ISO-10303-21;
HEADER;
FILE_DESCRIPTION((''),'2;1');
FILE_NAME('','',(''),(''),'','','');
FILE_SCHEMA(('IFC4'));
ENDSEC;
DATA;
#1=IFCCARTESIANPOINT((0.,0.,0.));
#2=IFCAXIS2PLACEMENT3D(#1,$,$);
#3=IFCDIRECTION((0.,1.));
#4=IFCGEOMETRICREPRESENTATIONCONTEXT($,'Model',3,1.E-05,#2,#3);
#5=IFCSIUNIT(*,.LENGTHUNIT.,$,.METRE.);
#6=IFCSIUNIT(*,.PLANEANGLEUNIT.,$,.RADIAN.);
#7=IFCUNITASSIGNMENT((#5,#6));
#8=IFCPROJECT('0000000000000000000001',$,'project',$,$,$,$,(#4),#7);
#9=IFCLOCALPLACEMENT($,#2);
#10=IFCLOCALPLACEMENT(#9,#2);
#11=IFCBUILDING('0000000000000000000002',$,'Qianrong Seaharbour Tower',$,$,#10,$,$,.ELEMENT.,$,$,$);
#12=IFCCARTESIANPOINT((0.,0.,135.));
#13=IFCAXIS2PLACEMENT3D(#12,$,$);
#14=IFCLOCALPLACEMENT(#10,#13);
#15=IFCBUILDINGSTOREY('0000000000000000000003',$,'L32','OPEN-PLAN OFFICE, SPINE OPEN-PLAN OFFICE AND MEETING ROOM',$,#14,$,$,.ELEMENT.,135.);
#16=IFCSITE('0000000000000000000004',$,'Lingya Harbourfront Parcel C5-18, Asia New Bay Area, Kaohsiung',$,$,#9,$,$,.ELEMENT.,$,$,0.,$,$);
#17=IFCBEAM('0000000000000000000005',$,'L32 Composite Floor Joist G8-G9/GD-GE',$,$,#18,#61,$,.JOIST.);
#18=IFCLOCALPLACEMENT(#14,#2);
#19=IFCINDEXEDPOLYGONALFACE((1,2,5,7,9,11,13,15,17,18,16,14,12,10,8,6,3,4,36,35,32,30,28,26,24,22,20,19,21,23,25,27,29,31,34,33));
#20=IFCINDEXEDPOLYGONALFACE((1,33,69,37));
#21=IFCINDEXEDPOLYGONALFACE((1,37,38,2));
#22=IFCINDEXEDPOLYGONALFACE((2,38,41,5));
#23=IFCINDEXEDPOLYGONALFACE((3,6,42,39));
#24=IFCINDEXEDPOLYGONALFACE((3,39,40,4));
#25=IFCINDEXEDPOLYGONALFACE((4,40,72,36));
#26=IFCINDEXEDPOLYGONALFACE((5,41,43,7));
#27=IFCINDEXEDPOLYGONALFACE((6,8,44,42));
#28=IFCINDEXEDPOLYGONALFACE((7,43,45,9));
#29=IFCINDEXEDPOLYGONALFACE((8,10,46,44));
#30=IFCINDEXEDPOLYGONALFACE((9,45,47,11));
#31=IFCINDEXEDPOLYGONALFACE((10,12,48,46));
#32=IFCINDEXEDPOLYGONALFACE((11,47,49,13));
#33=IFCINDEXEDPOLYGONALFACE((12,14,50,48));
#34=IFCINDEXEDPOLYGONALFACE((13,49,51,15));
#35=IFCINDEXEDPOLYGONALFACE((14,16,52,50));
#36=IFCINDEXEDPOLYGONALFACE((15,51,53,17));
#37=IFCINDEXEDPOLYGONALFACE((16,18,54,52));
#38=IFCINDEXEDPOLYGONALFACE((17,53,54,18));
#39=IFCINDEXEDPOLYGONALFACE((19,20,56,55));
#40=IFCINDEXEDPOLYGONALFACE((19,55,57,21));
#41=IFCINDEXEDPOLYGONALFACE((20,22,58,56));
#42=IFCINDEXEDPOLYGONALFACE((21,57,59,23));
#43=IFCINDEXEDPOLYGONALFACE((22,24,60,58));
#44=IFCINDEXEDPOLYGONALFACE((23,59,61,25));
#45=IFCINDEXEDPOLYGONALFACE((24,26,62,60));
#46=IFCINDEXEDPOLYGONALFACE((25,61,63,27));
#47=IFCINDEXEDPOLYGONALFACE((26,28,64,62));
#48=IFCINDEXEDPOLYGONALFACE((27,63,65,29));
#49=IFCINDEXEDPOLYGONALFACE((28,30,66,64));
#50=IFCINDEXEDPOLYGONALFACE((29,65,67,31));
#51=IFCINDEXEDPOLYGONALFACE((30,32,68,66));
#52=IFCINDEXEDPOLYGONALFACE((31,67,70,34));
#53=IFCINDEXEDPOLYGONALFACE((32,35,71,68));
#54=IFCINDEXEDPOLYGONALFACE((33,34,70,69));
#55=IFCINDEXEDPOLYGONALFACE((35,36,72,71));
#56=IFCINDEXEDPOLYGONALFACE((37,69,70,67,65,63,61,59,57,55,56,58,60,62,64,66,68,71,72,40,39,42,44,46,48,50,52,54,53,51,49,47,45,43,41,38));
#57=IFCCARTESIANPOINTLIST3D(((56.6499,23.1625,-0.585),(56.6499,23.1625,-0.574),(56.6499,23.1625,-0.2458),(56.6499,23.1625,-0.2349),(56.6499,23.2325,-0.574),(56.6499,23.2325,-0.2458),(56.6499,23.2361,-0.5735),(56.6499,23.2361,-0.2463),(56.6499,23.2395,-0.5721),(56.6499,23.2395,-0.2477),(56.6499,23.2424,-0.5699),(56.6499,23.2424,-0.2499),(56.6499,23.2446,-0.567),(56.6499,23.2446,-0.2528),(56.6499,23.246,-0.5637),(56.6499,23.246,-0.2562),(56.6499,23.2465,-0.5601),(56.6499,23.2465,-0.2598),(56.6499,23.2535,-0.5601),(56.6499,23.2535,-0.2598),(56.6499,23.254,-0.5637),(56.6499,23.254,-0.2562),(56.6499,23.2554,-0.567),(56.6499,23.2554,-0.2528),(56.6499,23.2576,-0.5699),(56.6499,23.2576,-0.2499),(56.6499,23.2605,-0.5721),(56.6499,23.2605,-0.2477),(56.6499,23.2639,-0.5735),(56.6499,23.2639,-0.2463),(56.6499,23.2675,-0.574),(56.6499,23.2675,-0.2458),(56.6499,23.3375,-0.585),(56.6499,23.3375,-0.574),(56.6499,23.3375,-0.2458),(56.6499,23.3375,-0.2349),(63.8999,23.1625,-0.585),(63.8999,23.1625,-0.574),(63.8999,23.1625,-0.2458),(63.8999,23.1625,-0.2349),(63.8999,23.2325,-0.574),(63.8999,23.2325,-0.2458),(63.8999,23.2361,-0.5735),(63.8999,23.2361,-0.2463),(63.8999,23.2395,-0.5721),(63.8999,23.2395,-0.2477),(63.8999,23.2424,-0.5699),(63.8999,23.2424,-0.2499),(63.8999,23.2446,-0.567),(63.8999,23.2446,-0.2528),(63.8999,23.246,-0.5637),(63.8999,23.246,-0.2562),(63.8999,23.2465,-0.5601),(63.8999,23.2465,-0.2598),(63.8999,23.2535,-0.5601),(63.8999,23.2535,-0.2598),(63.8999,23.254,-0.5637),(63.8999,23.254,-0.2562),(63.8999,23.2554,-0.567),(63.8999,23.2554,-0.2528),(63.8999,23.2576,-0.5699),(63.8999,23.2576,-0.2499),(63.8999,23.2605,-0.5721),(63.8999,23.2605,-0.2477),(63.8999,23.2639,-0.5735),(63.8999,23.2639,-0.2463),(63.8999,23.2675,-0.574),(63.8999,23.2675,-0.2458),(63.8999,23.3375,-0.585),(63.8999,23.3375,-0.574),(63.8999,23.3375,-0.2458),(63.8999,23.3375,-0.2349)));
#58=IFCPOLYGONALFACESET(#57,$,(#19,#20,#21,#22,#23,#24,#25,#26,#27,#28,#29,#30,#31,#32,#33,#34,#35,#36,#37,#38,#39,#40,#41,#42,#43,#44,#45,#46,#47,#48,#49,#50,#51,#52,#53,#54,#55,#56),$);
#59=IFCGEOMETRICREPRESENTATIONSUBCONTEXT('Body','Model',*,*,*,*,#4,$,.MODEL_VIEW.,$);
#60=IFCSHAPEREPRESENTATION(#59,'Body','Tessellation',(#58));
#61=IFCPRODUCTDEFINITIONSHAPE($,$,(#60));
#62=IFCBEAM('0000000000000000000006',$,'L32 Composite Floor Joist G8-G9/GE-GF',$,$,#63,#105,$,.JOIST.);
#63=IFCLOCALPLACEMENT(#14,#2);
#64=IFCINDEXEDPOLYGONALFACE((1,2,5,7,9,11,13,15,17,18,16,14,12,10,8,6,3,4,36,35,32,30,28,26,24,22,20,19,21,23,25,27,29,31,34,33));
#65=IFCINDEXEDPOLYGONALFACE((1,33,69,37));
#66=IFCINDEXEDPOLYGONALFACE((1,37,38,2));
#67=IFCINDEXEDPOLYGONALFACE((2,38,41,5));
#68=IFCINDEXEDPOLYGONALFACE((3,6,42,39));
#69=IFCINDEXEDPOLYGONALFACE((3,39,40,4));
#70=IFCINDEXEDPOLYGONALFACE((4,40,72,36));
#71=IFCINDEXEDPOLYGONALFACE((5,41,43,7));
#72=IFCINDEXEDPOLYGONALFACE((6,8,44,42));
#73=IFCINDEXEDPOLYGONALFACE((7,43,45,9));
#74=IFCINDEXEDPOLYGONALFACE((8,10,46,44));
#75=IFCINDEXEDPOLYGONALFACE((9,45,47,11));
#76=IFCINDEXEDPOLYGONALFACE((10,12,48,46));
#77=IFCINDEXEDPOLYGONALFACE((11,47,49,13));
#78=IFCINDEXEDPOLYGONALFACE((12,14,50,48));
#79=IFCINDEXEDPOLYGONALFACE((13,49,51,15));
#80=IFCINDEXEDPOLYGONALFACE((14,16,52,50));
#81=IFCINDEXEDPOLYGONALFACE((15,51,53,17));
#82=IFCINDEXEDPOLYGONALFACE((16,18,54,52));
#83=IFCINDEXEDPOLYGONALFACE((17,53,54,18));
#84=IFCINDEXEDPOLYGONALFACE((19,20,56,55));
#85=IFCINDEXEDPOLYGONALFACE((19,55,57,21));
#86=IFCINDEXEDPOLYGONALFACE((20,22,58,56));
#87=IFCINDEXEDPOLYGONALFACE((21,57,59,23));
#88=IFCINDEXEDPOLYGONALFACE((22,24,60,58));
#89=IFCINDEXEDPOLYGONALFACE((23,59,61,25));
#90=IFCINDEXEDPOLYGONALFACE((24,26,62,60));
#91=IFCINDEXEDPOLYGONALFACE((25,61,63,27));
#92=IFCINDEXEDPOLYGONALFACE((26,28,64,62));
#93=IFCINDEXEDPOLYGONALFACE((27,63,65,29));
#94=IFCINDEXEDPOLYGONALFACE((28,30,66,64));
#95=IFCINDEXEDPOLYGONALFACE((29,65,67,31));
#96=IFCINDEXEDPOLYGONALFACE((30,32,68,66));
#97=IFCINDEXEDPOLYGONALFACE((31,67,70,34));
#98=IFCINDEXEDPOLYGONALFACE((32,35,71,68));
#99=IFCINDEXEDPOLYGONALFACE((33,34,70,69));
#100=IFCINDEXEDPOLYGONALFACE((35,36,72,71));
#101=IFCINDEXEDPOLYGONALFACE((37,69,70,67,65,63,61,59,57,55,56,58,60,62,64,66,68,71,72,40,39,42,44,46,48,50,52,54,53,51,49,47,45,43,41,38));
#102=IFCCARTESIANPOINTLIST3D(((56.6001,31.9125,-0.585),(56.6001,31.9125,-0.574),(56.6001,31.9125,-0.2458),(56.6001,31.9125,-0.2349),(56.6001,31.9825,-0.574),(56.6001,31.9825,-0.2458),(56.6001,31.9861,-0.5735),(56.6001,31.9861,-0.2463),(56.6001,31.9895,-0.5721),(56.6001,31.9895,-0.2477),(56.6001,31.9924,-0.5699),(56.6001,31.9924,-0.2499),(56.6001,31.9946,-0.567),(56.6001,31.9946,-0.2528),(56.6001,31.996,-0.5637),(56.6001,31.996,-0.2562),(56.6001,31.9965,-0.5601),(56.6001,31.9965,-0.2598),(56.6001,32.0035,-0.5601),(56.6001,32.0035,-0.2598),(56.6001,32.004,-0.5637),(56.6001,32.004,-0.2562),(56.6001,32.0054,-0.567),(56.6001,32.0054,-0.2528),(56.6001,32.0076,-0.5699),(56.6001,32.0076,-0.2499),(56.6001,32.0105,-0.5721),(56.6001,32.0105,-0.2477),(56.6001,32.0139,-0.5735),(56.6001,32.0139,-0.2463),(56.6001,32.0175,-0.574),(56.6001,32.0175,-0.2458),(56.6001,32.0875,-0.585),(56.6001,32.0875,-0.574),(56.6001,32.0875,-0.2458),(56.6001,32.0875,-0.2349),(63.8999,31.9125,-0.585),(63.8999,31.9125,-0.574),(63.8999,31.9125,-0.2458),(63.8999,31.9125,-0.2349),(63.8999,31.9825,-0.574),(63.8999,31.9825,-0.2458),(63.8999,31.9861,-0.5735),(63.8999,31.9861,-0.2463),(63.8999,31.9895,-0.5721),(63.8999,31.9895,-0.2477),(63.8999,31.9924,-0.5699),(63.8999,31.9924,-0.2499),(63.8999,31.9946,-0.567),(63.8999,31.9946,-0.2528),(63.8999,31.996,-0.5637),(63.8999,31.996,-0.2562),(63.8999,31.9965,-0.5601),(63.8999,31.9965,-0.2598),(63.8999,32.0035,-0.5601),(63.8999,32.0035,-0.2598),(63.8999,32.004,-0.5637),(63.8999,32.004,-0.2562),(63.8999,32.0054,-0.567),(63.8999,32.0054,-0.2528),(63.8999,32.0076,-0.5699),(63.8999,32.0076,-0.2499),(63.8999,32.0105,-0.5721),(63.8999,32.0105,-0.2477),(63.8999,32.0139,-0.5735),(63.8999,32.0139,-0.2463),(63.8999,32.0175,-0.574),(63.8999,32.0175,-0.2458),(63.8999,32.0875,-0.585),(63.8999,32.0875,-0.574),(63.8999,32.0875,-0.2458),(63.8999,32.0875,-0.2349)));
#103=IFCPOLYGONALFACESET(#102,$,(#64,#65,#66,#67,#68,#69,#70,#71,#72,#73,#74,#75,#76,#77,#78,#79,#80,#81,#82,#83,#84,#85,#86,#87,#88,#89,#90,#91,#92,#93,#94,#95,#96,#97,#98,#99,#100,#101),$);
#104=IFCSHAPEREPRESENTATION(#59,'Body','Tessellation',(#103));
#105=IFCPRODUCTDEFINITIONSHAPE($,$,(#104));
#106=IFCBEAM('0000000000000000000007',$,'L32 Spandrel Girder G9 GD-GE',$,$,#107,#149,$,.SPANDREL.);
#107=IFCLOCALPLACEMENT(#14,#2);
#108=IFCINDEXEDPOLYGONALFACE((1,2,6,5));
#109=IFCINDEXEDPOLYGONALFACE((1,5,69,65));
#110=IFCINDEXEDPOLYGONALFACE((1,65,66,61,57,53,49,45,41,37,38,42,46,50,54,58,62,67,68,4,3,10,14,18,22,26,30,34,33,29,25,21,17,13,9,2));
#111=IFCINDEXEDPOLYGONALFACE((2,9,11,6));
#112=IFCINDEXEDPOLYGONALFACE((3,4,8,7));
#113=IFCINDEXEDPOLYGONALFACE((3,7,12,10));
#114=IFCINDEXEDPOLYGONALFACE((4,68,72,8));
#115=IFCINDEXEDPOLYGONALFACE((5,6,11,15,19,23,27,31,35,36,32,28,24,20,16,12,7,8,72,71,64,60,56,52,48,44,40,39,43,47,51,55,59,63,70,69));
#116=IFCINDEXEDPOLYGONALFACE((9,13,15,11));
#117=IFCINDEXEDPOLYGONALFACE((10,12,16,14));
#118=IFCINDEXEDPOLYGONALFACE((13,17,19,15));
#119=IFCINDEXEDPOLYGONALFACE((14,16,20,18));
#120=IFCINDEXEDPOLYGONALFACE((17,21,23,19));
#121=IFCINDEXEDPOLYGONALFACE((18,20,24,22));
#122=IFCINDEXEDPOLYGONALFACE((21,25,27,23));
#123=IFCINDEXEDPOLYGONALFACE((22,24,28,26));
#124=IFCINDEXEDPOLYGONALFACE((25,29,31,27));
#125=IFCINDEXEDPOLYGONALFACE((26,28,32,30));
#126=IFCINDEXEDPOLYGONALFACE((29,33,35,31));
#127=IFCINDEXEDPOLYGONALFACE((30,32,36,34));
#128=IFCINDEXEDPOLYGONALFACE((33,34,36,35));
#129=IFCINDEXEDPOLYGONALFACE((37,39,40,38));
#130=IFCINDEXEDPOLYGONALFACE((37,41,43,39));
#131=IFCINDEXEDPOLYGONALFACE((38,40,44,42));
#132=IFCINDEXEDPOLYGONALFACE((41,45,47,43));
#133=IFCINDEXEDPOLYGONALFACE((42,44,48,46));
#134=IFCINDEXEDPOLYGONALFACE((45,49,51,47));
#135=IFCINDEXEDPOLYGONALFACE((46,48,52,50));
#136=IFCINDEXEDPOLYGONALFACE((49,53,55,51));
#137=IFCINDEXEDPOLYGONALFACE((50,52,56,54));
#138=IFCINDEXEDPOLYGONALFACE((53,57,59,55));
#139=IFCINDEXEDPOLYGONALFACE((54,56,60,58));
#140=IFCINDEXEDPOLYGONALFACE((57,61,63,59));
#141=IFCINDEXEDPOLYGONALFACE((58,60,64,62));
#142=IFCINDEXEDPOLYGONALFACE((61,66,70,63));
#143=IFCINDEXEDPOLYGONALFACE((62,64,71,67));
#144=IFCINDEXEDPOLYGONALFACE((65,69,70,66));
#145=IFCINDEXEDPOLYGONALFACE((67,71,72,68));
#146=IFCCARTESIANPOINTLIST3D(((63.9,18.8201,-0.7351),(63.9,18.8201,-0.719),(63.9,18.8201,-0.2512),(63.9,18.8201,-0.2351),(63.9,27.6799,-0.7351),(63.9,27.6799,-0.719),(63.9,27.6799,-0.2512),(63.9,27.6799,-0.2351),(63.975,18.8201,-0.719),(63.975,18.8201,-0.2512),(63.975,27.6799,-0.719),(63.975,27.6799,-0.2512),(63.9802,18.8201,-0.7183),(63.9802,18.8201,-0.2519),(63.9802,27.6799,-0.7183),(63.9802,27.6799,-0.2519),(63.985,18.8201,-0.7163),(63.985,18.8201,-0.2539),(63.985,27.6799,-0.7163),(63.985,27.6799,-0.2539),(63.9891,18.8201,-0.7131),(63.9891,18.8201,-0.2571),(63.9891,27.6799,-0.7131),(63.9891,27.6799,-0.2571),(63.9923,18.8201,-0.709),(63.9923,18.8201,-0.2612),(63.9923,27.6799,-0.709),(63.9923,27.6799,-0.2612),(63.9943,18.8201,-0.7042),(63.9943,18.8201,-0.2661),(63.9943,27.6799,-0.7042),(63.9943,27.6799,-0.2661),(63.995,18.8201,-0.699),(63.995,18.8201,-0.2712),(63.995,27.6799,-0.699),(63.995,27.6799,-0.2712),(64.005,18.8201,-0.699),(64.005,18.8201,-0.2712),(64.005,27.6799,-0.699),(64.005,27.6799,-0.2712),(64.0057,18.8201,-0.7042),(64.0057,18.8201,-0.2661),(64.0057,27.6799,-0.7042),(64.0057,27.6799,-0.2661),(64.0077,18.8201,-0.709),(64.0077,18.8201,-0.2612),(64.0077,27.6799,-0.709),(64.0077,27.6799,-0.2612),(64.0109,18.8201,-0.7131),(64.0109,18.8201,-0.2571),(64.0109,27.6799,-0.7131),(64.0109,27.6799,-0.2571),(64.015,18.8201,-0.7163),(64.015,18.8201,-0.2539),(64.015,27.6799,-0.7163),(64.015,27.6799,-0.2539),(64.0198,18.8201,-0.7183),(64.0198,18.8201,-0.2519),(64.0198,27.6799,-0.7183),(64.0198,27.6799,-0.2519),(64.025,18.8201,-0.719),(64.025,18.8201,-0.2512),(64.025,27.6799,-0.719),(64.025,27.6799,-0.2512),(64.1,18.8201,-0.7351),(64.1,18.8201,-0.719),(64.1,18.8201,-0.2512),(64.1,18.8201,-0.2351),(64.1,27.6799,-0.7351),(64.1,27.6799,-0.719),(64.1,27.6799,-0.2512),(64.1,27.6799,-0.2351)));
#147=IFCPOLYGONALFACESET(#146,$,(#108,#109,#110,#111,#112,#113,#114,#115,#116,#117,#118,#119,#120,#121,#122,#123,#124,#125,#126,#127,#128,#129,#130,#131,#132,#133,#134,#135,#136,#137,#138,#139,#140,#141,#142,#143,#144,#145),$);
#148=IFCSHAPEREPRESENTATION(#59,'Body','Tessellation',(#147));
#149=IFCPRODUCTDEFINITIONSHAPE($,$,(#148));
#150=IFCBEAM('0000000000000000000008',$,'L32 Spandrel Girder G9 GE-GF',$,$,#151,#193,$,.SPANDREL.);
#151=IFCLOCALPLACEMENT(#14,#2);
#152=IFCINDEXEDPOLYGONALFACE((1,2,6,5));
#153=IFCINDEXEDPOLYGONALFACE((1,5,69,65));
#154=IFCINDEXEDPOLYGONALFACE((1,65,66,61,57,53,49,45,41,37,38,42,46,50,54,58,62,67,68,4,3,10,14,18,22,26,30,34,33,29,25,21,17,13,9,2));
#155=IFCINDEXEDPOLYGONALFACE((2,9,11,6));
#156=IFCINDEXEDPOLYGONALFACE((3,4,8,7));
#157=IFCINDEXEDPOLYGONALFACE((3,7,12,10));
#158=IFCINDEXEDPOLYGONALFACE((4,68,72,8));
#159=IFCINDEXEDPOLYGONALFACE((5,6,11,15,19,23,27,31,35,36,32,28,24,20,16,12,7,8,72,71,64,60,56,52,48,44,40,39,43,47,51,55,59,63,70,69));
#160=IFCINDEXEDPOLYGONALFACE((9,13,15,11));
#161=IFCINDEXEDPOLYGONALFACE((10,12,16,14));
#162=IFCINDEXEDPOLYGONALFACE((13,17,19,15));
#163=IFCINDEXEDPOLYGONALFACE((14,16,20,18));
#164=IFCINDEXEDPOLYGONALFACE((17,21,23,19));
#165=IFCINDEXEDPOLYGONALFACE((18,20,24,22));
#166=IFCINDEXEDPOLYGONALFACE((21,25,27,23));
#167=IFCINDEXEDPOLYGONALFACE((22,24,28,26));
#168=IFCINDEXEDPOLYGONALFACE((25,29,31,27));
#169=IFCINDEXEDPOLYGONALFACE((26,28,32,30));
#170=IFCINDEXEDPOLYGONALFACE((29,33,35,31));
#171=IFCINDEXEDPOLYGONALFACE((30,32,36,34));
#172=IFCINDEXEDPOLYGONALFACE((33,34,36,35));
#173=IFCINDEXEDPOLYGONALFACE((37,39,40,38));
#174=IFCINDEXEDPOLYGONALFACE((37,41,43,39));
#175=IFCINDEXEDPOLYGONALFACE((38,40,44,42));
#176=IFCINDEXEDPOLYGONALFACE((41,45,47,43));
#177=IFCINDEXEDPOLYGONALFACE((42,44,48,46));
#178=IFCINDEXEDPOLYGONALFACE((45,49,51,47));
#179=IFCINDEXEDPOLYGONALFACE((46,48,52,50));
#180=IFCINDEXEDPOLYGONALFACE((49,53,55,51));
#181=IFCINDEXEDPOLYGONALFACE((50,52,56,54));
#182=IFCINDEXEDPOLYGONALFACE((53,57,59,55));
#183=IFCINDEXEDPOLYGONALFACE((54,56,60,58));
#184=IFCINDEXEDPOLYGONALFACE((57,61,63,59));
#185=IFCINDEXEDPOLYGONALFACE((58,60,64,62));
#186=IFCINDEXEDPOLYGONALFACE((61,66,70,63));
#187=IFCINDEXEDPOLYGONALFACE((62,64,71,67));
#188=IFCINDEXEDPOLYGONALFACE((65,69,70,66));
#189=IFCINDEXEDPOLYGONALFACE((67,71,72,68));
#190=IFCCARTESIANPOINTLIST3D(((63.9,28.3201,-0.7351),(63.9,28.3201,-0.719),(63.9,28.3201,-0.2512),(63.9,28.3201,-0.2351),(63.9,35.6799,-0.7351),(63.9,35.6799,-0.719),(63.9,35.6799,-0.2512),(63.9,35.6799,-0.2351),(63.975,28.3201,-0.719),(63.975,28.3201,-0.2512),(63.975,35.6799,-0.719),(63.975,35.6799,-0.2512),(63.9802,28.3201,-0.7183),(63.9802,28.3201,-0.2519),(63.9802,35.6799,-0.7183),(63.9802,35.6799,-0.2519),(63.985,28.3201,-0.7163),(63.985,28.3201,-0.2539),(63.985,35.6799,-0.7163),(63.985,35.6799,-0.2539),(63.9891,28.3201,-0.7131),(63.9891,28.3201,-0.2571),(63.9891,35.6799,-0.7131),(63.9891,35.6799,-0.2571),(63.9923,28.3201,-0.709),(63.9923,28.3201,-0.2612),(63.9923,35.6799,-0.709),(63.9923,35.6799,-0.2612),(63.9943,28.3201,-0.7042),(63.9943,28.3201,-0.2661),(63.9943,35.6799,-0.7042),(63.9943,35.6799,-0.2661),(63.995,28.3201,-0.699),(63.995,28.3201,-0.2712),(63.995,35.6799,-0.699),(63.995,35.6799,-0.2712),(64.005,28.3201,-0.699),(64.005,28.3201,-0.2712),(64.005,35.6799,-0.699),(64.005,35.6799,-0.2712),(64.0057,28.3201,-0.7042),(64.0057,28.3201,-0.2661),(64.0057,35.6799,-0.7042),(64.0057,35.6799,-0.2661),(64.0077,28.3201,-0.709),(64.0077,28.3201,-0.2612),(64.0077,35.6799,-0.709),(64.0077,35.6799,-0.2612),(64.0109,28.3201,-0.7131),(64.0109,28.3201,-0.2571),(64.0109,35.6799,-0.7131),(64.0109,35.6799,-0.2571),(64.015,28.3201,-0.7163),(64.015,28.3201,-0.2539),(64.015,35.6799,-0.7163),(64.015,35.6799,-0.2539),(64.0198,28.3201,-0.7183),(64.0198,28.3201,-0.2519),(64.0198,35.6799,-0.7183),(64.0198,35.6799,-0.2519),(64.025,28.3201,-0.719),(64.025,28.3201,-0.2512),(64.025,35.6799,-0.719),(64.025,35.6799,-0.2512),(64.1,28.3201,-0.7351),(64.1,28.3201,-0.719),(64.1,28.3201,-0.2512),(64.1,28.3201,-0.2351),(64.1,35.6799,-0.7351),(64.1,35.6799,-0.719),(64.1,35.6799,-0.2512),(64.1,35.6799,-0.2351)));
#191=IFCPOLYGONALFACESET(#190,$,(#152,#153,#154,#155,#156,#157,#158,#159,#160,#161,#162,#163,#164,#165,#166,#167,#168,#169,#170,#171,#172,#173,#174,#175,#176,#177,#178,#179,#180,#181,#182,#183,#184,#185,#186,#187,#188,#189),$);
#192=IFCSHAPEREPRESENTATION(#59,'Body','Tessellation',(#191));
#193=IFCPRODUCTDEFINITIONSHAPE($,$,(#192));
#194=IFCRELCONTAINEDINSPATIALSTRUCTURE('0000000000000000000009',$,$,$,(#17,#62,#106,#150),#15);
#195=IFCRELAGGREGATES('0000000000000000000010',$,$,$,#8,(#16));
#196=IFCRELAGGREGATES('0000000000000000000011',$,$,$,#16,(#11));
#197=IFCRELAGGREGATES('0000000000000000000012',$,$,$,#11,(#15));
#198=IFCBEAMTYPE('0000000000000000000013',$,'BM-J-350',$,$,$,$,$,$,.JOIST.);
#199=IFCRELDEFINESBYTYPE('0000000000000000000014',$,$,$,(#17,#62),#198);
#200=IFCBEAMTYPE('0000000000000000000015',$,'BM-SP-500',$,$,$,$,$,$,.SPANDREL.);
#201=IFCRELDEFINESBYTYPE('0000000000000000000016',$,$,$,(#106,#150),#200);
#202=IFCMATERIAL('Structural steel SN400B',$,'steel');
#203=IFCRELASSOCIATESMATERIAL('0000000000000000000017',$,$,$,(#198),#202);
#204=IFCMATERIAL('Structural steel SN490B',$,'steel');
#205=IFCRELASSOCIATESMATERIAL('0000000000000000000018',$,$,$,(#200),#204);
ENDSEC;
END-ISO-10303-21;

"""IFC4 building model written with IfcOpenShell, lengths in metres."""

from ifc_helpers import new_model, si_unit, direction, frame, origin, origin_2d, place, context, subcontext, project, spatial, i_section, extrude, material, material_profile, profile_set, type_object, element, save


model = new_model("IFC4")

# Units and contexts
model_context = context("Model", 3, precision=1e-05, world=origin(), true_north=direction((0.0, 1.0)))
body_context = subcontext(model_context, "Body", "Model", "MODEL_VIEW")
ifc_project = project(units=[si_unit("LENGTHUNIT", "METRE"), si_unit("PLANEANGLEUNIT", "RADIAN")], contexts=[model_context])

# Site, building, storey
site_placement = place(None, origin())
site = spatial("IfcSite", under=ifc_project, at=site_placement, Name="Lingya Harbourfront Parcel C5-18, Asia New Bay Area, Kaohsiung", CompositionType="ELEMENT", RefElevation=0.0)
building_placement = place(site_placement, origin())
building = spatial("IfcBuilding", under=site, at=building_placement, Name="Qianrong Seaharbour Tower", CompositionType="ELEMENT")
storey_placement = place(building_placement, frame((0.0, 0.0, 135.0)))
storey = spatial("IfcBuildingStorey", under=building, at=storey_placement, Name="L32", Description="OPEN-PLAN OFFICE, SPINE OPEN-PLAN OFFICE AND MEETING ROOM", CompositionType="ELEMENT", Elevation=135.0)

# Shared definitions
ifc_material_1 = material(Name="Structural steel SN490B", Category="steel")

# Beams
ifc_material_2 = material(Name="Structural steel SN400B", Category="steel")
ifc_material_profile_1 = material_profile(ifc_material_2, i_section(OverallWidth=0.175, OverallDepth=0.3501, WebThickness=0.0071, FlangeThickness=0.011, FilletRadius=0.0139, at=origin_2d()), Name="H350x175x7x11")
ifc_profile_set_1 = profile_set([ifc_material_profile_1], Name="Structural steel SN400B")
beam_type_1 = type_object("IfcBeamType", Name="BM-J-350", PredefinedType="JOIST", material=ifc_profile_set_1)
beam_1_placement = place(storey_placement, frame((56.6499, 23.25, -0.4099), z_axis=(1.0, 0.0, 0.0), x_axis=(0.0, 1.0, 0.0)))
element("IfcBeam", 1, at=beam_1_placement, inside=storey, type_object=beam_type_1, Name="L32 Composite Floor Joist G8-G9/GD-GE", PredefinedType="JOIST", context=body_context, shape_type="SweptSolid", body=[
    extrude(i_section(OverallWidth=0.175, OverallDepth=0.3501, WebThickness=0.0071, FlangeThickness=0.011, FilletRadius=0.0139, at=origin_2d()), origin(), (0.0, 0.0, 1.0), 7.25),
])
beam_2_placement = place(storey_placement, frame((56.6001, 32.0, -0.4099), z_axis=(1.0, 0.0, 0.0), x_axis=(0.0, 1.0, 0.0)))
element("IfcBeam", 2, at=beam_2_placement, inside=storey, type_object=beam_type_1, Name="L32 Composite Floor Joist G8-G9/GE-GF", PredefinedType="JOIST", context=body_context, shape_type="SweptSolid", body=[
    extrude(i_section(OverallWidth=0.175, OverallDepth=0.3501, WebThickness=0.0071, FlangeThickness=0.011, FilletRadius=0.0139, at=origin_2d()), origin(), (0.0, 0.0, 1.0), 7.2998),
])
ifc_material_profile_2 = material_profile(ifc_material_1, i_section(OverallWidth=0.2, OverallDepth=0.5, WebThickness=0.01, FlangeThickness=0.0161, FilletRadius=0.02, at=origin_2d()), Name="H500x200x10x16")
ifc_profile_set_2 = profile_set([ifc_material_profile_2], Name="Structural steel SN490B")
beam_type_2 = type_object("IfcBeamType", Name="BM-SP-500", PredefinedType="SPANDREL", material=ifc_profile_set_2)
beam_3_placement = place(storey_placement, frame((64.0, 18.8201, -0.4851), z_axis=(0.0, 1.0, 0.0), x_axis=(-1.0, 0.0, 0.0)))
element("IfcBeam", 3, at=beam_3_placement, inside=storey, type_object=beam_type_2, Name="L32 Spandrel Girder G9 GD-GE", PredefinedType="SPANDREL", context=body_context, shape_type="SweptSolid", body=[
    extrude(i_section(OverallWidth=0.2, OverallDepth=0.5, WebThickness=0.01, FlangeThickness=0.0161, FilletRadius=0.02, at=origin_2d()), origin(), (0.0, 0.0, 1.0), 8.8599),
])
beam_4_placement = place(storey_placement, frame((64.0, 28.3201, -0.4851), z_axis=(0.0, 1.0, 0.0), x_axis=(-1.0, 0.0, 0.0)))
element("IfcBeam", 4, at=beam_4_placement, inside=storey, type_object=beam_type_2, Name="L32 Spandrel Girder G9 GE-GF", PredefinedType="SPANDREL", context=body_context, shape_type="SweptSolid", body=[
    extrude(i_section(OverallWidth=0.2, OverallDepth=0.5, WebThickness=0.01, FlangeThickness=0.0161, FilletRadius=0.02, at=origin_2d()), origin(), (0.0, 0.0, 1.0), 7.3599),
])

save(model, "model.ifc")
